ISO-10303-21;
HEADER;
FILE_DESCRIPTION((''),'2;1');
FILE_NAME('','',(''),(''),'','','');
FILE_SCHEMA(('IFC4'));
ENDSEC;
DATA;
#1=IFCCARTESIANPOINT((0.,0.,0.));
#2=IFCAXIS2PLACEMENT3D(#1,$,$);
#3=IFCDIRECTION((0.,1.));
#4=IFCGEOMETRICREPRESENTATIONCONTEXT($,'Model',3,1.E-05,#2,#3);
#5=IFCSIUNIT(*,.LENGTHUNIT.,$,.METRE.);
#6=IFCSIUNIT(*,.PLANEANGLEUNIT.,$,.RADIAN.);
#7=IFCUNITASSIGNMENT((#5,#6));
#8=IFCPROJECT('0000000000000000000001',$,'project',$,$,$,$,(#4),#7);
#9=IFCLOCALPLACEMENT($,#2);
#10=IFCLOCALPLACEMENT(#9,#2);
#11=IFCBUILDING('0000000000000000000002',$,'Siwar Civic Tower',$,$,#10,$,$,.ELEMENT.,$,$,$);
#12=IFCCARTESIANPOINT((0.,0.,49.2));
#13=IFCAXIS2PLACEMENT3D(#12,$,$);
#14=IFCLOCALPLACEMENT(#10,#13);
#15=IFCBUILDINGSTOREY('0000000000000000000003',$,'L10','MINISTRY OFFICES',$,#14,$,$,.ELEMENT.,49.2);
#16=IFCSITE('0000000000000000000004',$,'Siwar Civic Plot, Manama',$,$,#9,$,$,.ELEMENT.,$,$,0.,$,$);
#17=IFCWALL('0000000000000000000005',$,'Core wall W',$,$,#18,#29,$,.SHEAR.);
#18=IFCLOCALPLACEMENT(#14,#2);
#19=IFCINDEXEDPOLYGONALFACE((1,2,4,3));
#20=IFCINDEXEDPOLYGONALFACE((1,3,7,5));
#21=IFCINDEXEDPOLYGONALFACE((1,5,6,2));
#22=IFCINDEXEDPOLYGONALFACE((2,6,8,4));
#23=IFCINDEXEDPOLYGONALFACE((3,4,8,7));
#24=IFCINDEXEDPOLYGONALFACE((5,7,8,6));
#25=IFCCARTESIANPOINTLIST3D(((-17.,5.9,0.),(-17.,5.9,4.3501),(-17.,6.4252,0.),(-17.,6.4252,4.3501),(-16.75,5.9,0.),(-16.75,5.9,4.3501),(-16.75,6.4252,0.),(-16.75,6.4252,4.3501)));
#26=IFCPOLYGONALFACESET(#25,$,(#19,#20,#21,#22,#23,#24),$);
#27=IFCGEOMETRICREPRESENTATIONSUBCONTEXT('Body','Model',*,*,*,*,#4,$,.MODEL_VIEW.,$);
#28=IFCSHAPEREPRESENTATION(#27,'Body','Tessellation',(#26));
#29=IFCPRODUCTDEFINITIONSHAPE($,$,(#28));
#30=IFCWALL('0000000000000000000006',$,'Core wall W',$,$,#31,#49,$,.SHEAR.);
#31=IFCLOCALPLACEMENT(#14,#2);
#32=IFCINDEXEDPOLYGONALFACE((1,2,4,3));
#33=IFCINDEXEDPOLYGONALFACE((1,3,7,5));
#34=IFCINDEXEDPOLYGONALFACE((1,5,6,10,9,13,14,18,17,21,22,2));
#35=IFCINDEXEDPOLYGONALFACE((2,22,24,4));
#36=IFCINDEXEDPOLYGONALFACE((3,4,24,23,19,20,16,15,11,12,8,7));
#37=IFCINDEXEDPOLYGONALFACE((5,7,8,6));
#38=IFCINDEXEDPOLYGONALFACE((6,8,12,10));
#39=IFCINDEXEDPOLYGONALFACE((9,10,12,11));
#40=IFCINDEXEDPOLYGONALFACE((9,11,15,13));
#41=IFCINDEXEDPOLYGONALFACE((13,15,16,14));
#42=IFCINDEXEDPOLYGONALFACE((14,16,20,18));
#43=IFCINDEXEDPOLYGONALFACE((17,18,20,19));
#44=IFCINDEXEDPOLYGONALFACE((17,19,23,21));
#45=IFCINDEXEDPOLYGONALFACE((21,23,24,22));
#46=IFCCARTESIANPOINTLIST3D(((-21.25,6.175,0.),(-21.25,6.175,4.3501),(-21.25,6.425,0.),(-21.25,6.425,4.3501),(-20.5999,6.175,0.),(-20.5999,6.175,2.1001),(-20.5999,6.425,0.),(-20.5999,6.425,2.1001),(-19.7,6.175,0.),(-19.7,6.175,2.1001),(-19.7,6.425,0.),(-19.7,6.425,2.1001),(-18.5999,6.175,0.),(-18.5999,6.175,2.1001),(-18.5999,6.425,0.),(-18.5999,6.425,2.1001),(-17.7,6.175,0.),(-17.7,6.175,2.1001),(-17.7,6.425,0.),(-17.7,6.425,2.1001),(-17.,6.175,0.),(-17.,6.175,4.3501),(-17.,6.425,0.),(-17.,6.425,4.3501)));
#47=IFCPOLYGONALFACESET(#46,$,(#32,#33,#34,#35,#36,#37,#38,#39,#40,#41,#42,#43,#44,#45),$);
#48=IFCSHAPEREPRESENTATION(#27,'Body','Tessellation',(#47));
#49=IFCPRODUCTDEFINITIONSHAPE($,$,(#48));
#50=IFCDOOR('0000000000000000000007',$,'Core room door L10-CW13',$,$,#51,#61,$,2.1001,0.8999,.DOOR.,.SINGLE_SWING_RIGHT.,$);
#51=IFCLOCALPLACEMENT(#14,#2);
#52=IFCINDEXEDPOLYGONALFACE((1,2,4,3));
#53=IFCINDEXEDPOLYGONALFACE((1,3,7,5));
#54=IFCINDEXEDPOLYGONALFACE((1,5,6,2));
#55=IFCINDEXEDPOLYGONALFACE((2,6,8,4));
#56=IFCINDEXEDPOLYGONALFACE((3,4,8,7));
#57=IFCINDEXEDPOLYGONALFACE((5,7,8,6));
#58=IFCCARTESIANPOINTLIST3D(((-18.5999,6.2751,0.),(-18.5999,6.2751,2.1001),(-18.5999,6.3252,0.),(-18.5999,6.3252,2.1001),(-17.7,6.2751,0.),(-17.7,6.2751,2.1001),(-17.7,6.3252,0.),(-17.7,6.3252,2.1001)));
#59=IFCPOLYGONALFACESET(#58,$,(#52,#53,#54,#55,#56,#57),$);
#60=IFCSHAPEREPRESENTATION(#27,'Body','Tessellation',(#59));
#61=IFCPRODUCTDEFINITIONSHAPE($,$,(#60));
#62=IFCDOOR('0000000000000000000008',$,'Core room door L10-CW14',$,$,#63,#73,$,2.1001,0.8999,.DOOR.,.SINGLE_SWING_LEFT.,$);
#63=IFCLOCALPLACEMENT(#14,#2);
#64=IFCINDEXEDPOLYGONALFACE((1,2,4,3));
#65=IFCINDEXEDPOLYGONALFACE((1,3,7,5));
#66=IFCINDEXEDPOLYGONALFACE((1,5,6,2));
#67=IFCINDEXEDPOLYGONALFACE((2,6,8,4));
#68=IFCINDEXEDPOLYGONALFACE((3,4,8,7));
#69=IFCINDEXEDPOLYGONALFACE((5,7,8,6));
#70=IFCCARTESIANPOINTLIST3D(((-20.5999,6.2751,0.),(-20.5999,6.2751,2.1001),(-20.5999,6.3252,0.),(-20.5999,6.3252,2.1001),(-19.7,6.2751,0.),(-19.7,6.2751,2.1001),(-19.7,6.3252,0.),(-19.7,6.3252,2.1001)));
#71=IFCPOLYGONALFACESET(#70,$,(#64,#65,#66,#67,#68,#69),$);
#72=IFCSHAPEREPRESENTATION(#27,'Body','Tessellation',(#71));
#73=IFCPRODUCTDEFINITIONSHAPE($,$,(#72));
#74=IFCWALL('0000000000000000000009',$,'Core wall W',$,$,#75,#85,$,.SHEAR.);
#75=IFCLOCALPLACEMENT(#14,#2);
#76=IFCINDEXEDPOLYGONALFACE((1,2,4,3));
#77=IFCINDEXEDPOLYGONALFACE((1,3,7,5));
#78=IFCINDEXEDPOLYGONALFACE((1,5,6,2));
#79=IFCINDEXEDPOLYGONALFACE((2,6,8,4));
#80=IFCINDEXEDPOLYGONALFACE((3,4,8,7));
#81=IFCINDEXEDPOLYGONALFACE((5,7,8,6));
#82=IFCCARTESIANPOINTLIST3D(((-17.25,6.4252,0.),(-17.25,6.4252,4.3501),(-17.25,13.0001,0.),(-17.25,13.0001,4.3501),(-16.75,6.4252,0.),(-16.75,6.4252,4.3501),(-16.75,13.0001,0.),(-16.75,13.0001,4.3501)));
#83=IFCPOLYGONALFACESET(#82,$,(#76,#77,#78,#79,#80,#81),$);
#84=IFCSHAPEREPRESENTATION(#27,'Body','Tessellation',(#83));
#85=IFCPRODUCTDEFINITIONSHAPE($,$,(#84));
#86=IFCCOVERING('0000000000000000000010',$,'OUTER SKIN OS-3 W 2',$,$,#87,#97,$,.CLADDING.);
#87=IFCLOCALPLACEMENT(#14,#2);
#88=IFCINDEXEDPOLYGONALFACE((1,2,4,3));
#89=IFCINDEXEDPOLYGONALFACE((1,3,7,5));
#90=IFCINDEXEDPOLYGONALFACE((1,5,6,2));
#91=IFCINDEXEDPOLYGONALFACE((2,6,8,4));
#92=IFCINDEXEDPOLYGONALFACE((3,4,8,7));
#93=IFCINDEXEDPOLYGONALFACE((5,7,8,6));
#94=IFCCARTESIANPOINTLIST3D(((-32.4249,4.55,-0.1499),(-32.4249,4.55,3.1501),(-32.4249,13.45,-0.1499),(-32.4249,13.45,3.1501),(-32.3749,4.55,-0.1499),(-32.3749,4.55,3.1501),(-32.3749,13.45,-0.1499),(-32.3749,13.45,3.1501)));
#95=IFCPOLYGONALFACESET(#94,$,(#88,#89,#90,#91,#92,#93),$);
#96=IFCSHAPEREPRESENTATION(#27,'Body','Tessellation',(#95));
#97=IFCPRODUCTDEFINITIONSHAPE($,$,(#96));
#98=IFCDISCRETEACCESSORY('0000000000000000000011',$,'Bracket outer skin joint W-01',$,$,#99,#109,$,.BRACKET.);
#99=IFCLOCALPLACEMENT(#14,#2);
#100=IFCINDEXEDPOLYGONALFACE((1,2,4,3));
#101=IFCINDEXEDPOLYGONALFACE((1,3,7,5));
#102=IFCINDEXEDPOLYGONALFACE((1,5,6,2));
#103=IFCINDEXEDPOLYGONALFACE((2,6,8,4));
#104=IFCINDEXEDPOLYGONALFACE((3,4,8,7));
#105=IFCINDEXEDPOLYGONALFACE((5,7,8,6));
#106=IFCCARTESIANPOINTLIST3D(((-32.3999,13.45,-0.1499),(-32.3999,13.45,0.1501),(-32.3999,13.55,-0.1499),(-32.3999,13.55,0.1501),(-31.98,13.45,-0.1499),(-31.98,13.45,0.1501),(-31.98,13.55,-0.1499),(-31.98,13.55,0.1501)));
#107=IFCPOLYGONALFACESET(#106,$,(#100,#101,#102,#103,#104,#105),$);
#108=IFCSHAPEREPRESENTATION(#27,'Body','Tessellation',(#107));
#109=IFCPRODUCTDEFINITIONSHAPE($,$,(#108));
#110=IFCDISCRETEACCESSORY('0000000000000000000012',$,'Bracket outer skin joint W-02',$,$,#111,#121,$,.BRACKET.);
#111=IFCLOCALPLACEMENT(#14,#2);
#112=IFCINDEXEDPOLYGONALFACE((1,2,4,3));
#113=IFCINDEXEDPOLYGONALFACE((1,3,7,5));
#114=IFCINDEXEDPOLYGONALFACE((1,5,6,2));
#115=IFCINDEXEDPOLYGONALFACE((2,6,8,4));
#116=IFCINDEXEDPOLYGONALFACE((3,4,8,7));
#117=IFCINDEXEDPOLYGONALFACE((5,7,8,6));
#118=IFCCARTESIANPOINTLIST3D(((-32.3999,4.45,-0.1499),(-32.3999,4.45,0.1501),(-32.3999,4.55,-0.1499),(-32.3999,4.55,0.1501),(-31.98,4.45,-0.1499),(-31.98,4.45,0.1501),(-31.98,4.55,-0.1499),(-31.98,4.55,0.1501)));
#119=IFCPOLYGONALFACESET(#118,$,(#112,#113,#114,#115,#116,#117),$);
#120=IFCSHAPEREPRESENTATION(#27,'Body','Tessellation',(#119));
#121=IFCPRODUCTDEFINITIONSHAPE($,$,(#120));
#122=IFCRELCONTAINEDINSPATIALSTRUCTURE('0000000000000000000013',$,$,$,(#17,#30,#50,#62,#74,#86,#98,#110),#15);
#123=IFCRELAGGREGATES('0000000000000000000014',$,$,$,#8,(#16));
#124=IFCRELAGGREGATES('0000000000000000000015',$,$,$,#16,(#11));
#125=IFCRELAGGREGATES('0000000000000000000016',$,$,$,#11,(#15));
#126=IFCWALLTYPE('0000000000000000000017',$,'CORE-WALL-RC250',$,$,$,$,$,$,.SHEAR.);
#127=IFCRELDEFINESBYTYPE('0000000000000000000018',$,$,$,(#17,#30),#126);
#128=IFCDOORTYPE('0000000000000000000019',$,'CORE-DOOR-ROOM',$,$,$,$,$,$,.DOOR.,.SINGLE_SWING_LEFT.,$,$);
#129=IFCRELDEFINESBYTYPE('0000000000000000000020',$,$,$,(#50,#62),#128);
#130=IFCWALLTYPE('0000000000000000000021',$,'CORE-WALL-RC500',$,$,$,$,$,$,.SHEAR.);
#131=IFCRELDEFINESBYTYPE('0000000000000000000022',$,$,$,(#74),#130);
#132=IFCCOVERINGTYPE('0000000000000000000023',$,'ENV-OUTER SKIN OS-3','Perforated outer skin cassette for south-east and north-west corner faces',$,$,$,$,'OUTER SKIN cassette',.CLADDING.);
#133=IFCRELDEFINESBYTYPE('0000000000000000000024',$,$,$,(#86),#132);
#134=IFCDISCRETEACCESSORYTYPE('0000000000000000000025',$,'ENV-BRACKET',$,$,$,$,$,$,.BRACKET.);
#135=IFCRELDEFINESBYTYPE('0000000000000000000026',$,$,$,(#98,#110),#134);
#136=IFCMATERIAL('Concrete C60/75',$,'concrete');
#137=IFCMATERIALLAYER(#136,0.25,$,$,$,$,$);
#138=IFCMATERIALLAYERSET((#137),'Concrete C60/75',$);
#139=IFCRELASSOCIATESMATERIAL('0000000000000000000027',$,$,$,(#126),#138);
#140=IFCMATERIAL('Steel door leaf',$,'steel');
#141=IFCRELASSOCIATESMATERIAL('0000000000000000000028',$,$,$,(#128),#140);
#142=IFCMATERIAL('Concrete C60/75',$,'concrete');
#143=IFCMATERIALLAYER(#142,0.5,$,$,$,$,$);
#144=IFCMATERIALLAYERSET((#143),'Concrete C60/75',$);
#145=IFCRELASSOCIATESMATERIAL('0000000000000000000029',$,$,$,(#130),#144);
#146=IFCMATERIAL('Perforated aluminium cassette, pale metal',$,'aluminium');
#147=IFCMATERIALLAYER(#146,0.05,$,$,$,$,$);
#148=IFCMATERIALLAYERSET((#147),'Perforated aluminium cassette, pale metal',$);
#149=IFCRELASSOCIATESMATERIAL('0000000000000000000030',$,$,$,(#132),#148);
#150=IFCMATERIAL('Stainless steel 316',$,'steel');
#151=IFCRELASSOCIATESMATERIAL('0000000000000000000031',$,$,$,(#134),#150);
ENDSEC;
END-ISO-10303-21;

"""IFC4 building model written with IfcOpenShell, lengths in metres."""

from ifc_helpers import new_model, si_unit, direction, frame, frame_2d, origin, origin_2d, place, context, subcontext, project, spatial, rectangle, extrude, material, layer, layer_set, type_object, element, fill, save


model = new_model("IFC4")

# Units and contexts
model_context = context("Model", 3, precision=1e-05, world=origin(), true_north=direction((0.0, 1.0)))
body_context = subcontext(model_context, "Body", "Model", "MODEL_VIEW")
ifc_project = project(units=[si_unit("LENGTHUNIT", "METRE"), si_unit("PLANEANGLEUNIT", "RADIAN")], contexts=[model_context])

# Site, building, storey
site_placement = place(None, origin())
site = spatial("IfcSite", under=ifc_project, at=site_placement, Name="Siwar Civic Plot, Manama", CompositionType="ELEMENT", RefElevation=0.0)
building_placement = place(site_placement, origin())
building = spatial("IfcBuilding", under=site, at=building_placement, Name="Siwar Civic Tower", CompositionType="ELEMENT")
storey_placement = place(building_placement, frame((0.0, 0.0, 49.2)))
storey = spatial("IfcBuildingStorey", under=building, at=storey_placement, Name="L10", Description="MINISTRY OFFICES", CompositionType="ELEMENT", Elevation=49.2)

# Wall
ifc_material_1 = material(Name="Concrete C60/75", Category="concrete")
ifc_layer_1 = layer(ifc_material_1, 0.25)
ifc_layer_set_1 = layer_set([ifc_layer_1], Name="Concrete C60/75")
wall_type_1 = type_object("IfcWallType", Name="CORE-WALL-RC250", PredefinedType="SHEAR", material=ifc_layer_set_1)
wall_1_placement = place(storey_placement, frame((-16.875, 5.8999, 0.0), z_axis=(0.0, 0.0, 1.0), x_axis=(0.0, 1.0, 0.0)))
element("IfcWall", 1, at=wall_1_placement, inside=storey, type_object=wall_type_1, Name="Core wall W", PredefinedType="SHEAR", context=body_context, shape_type="SweptSolid", body=[
    extrude(rectangle(XDim=0.5251, YDim=0.25, at=frame_2d((0.2627, 0.0))), origin(), (0.0, 0.0, 1.0), 4.3501),
])

# Wall, openings, doors
wall_2_placement = place(storey_placement, frame((-17.0, 6.3, 0.0), z_axis=(0.0, 0.0, 1.0), x_axis=(-1.0, 0.0, 0.0)))
wall_2 = element("IfcWall", 2, at=wall_2_placement, inside=storey, type_object=wall_type_1, Name="Core wall W", PredefinedType="SHEAR", context=body_context, shape_type="SweptSolid", body=[
    extrude(rectangle(XDim=4.25, YDim=0.25, at=frame_2d((2.125, 0.0))), origin(), (0.0, 0.0, 1.0), 4.3501),
])
opening_1_placement = place(wall_2_placement, frame((0.7, 0.0, 0.0)))
opening_1 = element("IfcOpeningElement", 3, at=opening_1_placement, cuts=wall_2, PredefinedType="OPENING", context=body_context, shape_type="SweptSolid", body=[
    extrude(rectangle(XDim=0.8999, YDim=2.1001, at=frame_2d((0.45, 1.05))), frame((0.0, 0.135, 0.0), z_axis=(0.0, -1.0, 0.0), x_axis=(1.0, 0.0, 0.0)), (0.0, 0.0, 1.0), 0.27),
])
opening_2_placement = place(wall_2_placement, frame((2.7, 0.0, 0.0)))
opening_2 = element("IfcOpeningElement", 4, at=opening_2_placement, cuts=wall_2, PredefinedType="OPENING", context=body_context, shape_type="SweptSolid", body=[
    extrude(rectangle(XDim=0.8999, YDim=2.1001, at=frame_2d((0.45, 1.05))), frame((0.0, 0.135, 0.0), z_axis=(0.0, -1.0, 0.0), x_axis=(1.0, 0.0, 0.0)), (0.0, 0.0, 1.0), 0.27),
])
ifc_material_2 = material(Name="Steel door leaf", Category="steel")
door_type = type_object("IfcDoorType", Name="CORE-DOOR-ROOM", OperationType="SINGLE_SWING_LEFT", PredefinedType="DOOR", material=ifc_material_2)
door_1_placement = place(opening_1_placement, origin())
door_1 = element("IfcDoor", 5, at=door_1_placement, inside=storey, type_object=door_type, Name="Core room door L10-CW13", OperationType="SINGLE_SWING_RIGHT", OverallHeight=2.1001, OverallWidth=0.8999, PredefinedType="DOOR", context=body_context, shape_type="SweptSolid", body=[
    extrude(rectangle(XDim=0.8999, YDim=2.1001, at=frame_2d((0.45, 1.05))), frame((0.0, 0.0249, 0.0), z_axis=(0.0, -1.0, 0.0), x_axis=(1.0, 0.0, 0.0)), (0.0, 0.0, 1.0), 0.05),
])
fill(opening_1, door_1)
door_2_placement = place(opening_2_placement, origin())
door_2 = element("IfcDoor", 6, at=door_2_placement, inside=storey, type_object=door_type, Name="Core room door L10-CW14", OperationType="SINGLE_SWING_LEFT", OverallHeight=2.1001, OverallWidth=0.8999, PredefinedType="DOOR", context=body_context, shape_type="SweptSolid", body=[
    extrude(rectangle(XDim=0.8999, YDim=2.1001, at=frame_2d((0.45, 1.05))), frame((0.0, 0.0249, 0.0), z_axis=(0.0, -1.0, 0.0), x_axis=(1.0, 0.0, 0.0)), (0.0, 0.0, 1.0), 0.05),
])
fill(opening_2, door_2)

# Wall
ifc_material_3 = material(Name="Concrete C60/75", Category="concrete")
ifc_layer_2 = layer(ifc_material_3, 0.5)
ifc_layer_set_2 = layer_set([ifc_layer_2], Name="Concrete C60/75")
wall_type_2 = type_object("IfcWallType", Name="CORE-WALL-RC500", PredefinedType="SHEAR", material=ifc_layer_set_2)
wall_3_placement = place(storey_placement, frame((-17.0, 6.425, 0.0), z_axis=(0.0, 0.0, 1.0), x_axis=(0.0, 1.0, 0.0)))
element("IfcWall", 7, at=wall_3_placement, inside=storey, type_object=wall_type_2, Name="Core wall W", PredefinedType="SHEAR", context=body_context, shape_type="SweptSolid", body=[
    extrude(rectangle(XDim=6.575, YDim=0.5, at=frame_2d((3.2876, 0.0))), origin(), (0.0, 0.0, 1.0), 4.3501),
])

# Covering
ifc_material_4 = material(Name="Perforated aluminium cassette, pale metal", Category="aluminium")
ifc_layer_3 = layer(ifc_material_4, 0.05)
ifc_layer_set_3 = layer_set([ifc_layer_3], Name="Perforated aluminium cassette, pale metal")
covering_type = type_object("IfcCoveringType", Name="ENV-OUTER SKIN OS-3", Description="Perforated outer skin cassette for south-east and north-west corner faces", ElementType="OUTER SKIN cassette", PredefinedType="CLADDING", material=ifc_layer_set_3)
covering_placement = place(storey_placement, frame((-32.3999, 9.0, -0.1499), z_axis=(0.0, 0.0, 1.0), x_axis=(0.0, -1.0, 0.0)))
element("IfcCovering", 8, at=covering_placement, inside=storey, type_object=covering_type, Name="OUTER SKIN OS-3 W 2", PredefinedType="CLADDING", context=body_context, shape_type="SweptSolid", body=[
    extrude(rectangle(XDim=8.8999, YDim=0.05, at=origin_2d()), origin(), (0.0, 0.0, 1.0), 3.3),
])

# Discrete accessories
ifc_material_5 = material(Name="Stainless steel 316", Category="steel")
discrete_accessory_type = type_object("IfcDiscreteAccessoryType", Name="ENV-BRACKET", PredefinedType="BRACKET", material=ifc_material_5)
for number, where, z_axis, x_axis, name in (
    (9, (-32.1899, 13.5, -0.1499), (0.0, 0.0, 1.0), (-1.0, 0.0, 0.0), "Bracket outer skin joint W-01"),
    (10, (-32.1899, 4.5, -0.1499), (0.0, 0.0, 1.0), (-1.0, 0.0, 0.0), "Bracket outer skin joint W-02"),
):
    element("IfcDiscreteAccessory", number, at=place(storey_placement, frame(where, z_axis=z_axis, x_axis=x_axis)), inside=storey, type_object=discrete_accessory_type, Name=name, PredefinedType="BRACKET", context=body_context, shape_type="SweptSolid", body=[
        extrude(rectangle(XDim=0.4199, YDim=0.1001, at=origin_2d()), origin(), (0.0, 0.0, 1.0), 0.3),
    ])

save(model, "model.ifc")
